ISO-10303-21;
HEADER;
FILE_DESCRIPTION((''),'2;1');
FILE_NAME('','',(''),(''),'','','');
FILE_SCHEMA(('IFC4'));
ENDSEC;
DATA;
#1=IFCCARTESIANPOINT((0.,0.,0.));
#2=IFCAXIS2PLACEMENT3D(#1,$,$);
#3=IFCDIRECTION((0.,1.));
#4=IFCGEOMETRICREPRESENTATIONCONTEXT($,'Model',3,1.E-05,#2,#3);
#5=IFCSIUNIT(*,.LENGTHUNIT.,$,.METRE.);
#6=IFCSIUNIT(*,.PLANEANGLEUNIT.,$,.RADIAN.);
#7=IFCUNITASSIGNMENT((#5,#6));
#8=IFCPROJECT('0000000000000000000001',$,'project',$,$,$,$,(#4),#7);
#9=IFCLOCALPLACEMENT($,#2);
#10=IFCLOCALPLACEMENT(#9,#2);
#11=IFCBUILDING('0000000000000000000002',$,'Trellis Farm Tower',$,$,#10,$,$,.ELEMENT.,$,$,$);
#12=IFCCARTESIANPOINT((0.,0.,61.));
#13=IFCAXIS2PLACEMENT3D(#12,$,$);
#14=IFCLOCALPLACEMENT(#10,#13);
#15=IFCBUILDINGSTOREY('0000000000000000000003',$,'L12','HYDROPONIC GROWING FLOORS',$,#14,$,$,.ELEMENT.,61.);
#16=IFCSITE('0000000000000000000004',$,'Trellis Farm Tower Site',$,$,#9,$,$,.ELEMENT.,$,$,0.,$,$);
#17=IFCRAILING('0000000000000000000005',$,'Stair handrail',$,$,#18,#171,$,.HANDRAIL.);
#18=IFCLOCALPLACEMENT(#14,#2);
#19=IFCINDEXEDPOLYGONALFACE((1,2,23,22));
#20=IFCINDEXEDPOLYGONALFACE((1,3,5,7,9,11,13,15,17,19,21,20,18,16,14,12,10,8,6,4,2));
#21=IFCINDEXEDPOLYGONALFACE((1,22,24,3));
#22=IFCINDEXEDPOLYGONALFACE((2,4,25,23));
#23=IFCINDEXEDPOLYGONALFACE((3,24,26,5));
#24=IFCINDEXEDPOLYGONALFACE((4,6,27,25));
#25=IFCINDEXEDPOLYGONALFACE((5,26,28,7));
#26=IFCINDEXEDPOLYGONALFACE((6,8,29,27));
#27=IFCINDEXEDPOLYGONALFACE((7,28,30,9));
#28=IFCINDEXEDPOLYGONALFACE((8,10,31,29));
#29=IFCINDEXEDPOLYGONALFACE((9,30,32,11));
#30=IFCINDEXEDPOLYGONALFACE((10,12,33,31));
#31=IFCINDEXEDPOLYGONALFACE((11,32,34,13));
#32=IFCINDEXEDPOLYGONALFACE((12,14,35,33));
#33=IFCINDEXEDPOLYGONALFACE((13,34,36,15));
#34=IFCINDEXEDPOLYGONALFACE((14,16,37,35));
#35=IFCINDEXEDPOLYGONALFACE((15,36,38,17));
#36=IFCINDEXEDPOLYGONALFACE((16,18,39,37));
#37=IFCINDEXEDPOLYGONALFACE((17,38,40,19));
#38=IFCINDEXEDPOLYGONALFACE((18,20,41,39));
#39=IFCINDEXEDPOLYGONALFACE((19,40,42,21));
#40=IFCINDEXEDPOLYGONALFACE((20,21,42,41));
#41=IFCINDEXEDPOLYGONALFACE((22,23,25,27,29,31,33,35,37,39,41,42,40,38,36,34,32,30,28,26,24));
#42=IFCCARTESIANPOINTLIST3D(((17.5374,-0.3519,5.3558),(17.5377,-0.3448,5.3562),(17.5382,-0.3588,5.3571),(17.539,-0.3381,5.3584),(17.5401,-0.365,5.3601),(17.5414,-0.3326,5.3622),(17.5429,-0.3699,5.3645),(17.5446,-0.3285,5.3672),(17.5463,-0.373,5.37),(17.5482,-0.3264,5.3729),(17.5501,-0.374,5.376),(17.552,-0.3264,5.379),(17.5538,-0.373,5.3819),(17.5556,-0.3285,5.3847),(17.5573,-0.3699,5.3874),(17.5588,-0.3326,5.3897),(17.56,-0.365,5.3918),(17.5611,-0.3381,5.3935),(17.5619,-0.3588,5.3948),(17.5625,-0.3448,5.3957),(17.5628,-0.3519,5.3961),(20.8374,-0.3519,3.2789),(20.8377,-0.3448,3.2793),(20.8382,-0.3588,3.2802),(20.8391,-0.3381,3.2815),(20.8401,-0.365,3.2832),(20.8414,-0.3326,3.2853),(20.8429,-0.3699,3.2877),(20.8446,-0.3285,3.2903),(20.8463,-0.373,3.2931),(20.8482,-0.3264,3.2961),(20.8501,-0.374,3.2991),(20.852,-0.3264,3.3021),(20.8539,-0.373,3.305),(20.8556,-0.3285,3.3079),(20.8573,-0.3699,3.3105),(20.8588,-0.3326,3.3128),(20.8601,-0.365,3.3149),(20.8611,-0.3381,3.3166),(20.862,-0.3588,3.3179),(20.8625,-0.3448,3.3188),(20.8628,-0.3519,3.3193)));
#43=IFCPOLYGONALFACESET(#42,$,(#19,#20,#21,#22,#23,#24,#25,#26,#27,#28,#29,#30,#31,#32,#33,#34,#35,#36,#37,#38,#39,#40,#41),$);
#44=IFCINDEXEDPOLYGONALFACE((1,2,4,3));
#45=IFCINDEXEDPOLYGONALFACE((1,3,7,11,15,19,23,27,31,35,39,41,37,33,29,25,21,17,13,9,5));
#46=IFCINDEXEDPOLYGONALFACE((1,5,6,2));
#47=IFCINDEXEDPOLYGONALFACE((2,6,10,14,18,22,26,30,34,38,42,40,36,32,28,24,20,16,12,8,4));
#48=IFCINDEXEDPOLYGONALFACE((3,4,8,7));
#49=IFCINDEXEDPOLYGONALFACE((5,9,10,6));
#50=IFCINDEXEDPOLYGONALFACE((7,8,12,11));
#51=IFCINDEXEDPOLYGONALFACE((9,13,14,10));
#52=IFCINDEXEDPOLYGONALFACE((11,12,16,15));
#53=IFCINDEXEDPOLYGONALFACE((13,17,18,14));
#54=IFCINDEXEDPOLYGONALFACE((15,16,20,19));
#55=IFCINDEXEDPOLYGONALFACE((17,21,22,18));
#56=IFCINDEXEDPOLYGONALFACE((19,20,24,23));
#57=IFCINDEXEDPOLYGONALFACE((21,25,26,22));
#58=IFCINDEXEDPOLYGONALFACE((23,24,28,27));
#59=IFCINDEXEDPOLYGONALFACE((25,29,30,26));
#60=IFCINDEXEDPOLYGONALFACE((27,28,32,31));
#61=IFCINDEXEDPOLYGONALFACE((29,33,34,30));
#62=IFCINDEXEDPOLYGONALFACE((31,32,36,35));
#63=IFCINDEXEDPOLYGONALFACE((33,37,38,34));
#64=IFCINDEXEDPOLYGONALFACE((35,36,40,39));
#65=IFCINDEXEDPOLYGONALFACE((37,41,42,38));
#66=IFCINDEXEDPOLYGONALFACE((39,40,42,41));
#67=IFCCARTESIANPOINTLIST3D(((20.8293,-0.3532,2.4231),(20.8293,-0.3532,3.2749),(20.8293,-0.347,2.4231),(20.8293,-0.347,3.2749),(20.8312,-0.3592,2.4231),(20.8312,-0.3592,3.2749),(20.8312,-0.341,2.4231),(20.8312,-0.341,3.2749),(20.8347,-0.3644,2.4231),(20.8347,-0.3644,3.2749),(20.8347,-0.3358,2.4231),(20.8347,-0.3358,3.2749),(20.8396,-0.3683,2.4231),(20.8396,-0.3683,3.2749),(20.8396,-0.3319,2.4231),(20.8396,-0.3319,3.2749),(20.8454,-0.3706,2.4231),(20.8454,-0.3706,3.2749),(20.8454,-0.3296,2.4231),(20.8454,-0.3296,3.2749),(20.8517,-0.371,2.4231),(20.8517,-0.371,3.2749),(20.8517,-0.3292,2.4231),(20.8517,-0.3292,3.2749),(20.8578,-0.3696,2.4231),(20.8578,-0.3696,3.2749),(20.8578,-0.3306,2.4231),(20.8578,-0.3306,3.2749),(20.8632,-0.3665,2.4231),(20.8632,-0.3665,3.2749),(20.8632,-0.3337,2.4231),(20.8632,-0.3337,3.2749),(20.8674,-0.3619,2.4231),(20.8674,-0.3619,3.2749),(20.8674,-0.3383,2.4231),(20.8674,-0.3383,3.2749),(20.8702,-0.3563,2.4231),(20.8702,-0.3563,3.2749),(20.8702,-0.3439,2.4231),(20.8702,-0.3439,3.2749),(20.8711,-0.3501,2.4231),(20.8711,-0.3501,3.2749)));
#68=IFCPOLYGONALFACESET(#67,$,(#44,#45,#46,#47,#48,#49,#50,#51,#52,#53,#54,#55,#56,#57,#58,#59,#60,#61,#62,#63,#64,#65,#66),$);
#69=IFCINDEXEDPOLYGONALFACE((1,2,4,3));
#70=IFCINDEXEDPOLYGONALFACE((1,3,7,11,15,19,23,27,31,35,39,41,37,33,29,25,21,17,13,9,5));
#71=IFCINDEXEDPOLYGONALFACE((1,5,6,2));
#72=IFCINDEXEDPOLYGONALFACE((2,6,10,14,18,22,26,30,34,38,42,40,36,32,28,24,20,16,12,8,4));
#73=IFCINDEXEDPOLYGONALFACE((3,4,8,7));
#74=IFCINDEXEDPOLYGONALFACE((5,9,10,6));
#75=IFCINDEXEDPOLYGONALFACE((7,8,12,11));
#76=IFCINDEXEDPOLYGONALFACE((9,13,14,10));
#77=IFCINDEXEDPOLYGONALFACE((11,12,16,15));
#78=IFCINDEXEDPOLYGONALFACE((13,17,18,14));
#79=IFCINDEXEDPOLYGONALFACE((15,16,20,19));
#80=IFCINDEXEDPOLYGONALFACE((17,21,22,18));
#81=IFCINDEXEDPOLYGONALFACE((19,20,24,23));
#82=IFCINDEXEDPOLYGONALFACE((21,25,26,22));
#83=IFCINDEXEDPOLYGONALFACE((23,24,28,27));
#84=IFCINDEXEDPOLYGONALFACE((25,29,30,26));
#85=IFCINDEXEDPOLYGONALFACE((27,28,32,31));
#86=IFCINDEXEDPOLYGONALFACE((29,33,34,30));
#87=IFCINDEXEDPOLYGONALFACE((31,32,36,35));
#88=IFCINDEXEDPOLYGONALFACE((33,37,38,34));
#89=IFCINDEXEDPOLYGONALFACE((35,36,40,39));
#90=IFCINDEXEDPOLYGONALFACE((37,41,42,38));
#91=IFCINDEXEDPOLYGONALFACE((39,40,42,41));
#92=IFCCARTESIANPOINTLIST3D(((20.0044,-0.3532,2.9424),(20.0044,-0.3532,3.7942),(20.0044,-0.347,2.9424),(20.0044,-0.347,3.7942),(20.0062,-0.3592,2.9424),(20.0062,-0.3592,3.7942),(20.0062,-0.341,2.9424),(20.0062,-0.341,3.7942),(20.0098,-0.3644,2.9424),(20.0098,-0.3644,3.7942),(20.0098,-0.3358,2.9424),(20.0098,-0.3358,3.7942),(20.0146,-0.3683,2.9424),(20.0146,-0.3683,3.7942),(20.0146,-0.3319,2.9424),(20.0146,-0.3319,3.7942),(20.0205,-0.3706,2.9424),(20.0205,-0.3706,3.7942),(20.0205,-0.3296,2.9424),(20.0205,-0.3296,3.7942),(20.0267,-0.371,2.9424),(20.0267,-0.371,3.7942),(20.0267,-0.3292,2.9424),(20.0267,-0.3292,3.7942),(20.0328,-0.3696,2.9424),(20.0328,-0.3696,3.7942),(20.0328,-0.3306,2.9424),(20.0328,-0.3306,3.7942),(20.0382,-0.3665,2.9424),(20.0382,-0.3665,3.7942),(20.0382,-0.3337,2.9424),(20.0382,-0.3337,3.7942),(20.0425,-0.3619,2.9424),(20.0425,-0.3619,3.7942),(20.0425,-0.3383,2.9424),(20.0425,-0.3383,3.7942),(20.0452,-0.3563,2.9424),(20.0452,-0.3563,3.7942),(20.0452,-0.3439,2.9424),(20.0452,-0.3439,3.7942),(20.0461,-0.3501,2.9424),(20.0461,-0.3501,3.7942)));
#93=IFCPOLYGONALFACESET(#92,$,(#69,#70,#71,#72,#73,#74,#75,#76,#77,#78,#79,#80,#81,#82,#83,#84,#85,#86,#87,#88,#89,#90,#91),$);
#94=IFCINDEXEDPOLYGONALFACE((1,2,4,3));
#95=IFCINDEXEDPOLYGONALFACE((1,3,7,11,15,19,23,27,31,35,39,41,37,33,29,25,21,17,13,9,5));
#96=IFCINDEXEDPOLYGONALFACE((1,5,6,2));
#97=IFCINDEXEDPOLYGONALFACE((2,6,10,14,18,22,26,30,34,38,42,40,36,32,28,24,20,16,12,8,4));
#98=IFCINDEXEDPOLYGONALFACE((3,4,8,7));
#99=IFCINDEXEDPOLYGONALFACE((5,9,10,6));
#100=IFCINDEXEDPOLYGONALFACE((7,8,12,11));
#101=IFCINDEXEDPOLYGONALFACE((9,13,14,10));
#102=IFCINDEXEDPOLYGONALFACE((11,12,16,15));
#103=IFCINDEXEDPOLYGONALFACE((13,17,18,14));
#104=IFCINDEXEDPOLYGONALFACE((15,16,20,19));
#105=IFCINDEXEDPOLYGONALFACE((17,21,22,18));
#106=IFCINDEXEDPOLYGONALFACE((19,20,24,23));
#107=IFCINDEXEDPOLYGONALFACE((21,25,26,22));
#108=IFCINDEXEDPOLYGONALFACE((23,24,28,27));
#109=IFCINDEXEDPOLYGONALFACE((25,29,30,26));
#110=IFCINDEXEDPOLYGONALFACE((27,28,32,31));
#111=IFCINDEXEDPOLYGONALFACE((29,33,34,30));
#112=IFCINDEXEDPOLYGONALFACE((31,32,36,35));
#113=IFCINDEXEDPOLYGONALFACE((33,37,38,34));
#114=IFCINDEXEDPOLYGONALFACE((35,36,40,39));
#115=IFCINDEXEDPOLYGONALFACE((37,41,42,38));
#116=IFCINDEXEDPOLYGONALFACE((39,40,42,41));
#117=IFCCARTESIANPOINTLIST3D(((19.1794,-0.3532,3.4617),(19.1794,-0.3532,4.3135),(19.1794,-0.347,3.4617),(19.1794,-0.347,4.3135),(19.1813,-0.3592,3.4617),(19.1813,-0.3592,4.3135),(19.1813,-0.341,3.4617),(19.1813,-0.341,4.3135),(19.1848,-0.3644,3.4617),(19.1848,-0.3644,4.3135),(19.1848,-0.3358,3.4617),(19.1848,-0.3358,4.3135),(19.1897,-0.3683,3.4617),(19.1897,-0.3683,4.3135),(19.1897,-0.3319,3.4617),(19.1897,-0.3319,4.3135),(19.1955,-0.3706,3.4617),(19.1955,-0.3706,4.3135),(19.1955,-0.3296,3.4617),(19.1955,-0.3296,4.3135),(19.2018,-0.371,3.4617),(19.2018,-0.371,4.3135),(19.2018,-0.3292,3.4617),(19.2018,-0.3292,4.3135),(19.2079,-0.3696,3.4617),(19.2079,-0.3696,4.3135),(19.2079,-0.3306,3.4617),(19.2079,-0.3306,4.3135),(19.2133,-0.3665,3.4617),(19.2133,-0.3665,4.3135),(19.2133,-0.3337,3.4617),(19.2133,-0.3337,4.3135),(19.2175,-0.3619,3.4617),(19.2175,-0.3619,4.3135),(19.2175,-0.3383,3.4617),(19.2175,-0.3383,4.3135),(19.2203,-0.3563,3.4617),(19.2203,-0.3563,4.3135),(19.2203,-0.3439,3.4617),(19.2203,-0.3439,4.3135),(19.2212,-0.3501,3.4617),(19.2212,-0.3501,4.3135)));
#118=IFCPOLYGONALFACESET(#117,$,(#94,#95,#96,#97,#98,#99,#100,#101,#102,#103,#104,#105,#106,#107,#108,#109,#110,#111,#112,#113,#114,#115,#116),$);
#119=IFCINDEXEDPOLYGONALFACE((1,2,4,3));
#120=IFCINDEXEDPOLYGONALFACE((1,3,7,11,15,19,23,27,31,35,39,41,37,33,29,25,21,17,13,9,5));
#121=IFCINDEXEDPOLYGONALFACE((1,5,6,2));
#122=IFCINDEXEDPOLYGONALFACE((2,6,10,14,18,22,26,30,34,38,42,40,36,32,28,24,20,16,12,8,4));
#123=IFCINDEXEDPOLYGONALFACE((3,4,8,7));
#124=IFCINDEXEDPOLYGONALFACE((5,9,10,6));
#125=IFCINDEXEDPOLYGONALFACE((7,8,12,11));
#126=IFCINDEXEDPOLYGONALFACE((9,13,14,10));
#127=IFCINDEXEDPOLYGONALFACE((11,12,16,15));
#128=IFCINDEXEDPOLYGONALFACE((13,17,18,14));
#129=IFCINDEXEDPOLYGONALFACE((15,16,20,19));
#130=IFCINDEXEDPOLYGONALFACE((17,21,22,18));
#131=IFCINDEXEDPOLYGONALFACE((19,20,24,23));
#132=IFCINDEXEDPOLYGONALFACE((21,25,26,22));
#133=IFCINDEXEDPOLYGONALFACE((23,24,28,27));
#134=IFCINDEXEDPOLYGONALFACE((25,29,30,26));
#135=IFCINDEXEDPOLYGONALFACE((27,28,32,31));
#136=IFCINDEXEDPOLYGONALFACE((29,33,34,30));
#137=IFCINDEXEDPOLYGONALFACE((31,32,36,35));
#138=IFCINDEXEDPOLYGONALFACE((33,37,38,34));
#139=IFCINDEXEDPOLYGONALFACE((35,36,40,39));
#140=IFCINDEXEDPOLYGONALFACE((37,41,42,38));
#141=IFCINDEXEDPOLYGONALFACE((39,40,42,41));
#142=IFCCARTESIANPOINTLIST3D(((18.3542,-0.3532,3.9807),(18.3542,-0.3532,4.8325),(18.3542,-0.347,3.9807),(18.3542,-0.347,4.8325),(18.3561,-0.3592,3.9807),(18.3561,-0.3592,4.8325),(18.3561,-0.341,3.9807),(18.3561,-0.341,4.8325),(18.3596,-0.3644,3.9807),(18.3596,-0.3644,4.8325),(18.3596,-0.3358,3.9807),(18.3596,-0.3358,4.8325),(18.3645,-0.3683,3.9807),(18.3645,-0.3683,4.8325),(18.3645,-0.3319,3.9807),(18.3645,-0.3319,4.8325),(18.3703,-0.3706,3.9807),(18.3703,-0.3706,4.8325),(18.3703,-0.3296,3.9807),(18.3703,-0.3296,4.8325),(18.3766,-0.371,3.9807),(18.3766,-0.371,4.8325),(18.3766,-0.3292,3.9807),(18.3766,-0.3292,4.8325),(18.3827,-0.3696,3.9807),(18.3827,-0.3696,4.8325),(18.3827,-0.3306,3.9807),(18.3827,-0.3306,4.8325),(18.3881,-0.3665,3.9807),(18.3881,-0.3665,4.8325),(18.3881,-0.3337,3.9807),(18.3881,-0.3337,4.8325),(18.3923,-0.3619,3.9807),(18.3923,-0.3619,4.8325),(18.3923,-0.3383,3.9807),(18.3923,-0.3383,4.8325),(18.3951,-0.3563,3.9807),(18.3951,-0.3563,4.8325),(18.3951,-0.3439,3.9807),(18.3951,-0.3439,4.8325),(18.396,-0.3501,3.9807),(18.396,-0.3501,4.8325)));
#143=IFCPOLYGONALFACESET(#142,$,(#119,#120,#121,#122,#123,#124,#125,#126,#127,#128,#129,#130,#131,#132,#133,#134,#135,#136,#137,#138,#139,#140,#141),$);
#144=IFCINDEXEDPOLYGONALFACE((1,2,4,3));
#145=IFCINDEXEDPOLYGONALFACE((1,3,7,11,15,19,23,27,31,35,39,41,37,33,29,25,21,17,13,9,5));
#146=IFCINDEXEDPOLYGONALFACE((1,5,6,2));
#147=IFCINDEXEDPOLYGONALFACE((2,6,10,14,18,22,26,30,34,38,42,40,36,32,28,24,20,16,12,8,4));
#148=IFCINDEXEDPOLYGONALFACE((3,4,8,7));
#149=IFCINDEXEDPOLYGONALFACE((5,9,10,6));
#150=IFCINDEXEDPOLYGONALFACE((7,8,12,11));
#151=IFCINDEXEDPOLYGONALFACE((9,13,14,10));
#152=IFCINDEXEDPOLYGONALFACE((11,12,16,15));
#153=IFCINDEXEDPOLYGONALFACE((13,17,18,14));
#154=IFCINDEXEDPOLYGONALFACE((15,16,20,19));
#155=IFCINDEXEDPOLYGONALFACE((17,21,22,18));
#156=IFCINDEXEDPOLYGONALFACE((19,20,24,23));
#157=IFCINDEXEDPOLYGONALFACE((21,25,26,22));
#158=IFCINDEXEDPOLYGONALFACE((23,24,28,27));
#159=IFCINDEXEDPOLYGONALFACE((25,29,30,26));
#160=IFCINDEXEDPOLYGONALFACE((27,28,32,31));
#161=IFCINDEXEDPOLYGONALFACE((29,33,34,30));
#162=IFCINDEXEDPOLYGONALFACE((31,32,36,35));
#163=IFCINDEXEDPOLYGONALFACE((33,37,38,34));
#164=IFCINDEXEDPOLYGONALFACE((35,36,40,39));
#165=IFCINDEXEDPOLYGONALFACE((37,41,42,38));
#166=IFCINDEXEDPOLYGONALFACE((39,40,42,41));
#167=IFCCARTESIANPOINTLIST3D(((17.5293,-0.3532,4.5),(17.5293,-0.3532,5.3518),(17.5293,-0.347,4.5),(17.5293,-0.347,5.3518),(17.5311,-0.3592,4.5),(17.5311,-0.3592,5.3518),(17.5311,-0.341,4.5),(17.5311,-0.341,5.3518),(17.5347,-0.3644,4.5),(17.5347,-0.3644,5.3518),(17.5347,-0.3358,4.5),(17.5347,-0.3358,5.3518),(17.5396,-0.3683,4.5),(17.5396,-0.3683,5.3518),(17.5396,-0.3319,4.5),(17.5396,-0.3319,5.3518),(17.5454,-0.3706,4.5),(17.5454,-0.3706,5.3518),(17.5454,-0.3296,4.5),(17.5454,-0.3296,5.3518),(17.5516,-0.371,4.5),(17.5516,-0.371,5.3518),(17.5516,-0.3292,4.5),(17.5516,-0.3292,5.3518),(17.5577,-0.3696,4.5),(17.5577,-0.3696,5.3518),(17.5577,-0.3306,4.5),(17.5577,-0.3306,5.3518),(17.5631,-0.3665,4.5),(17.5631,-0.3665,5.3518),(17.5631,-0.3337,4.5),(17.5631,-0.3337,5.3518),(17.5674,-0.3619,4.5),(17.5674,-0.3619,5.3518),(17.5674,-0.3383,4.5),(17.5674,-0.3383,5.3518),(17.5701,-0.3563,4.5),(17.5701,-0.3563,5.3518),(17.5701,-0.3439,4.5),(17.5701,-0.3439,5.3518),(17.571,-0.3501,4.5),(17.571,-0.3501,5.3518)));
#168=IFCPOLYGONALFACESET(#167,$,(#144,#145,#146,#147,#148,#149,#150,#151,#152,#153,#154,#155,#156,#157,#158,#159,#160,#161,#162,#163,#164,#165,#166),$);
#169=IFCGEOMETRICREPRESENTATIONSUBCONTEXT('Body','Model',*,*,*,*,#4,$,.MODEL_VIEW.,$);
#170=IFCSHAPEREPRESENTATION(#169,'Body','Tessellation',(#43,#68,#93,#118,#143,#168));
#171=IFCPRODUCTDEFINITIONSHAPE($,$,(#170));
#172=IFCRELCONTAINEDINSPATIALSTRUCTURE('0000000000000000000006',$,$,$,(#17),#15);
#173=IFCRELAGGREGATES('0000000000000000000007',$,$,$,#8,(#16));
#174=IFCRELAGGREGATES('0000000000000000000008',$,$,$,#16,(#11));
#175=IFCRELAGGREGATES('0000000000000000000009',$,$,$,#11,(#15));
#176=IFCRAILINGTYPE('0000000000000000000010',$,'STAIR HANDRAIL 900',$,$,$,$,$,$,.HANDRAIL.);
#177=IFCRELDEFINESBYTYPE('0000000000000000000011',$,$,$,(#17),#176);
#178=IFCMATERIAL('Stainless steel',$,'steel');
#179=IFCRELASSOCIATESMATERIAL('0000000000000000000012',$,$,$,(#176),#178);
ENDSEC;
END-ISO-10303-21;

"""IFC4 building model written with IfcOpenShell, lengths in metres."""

from ifc_helpers import new_model, si_unit, direction, frame, origin, origin_2d, place, context, subcontext, project, spatial, circle, extrude, source, transform, mapped, material, type_object, element, save


model = new_model("IFC4")

# Units and contexts
model_context = context("Model", 3, precision=1e-05, world=origin(), true_north=direction((0.0, 1.0)))
body_context = subcontext(model_context, "Body", "Model", "MODEL_VIEW")
ifc_project = project(units=[si_unit("LENGTHUNIT", "METRE"), si_unit("PLANEANGLEUNIT", "RADIAN")], contexts=[model_context])

# Site, building, storey
site_placement = place(None, origin())
site = spatial("IfcSite", under=ifc_project, at=site_placement, Name="Trellis Farm Tower Site", CompositionType="ELEMENT", RefElevation=0.0)
building_placement = place(site_placement, origin())
building = spatial("IfcBuilding", under=site, at=building_placement, Name="Trellis Farm Tower", CompositionType="ELEMENT")
storey_placement = place(building_placement, frame((0.0, 0.0, 61.0)))
storey = spatial("IfcBuildingStorey", under=building, at=storey_placement, Name="L12", Description="HYDROPONIC GROWING FLOORS", CompositionType="ELEMENT", Elevation=61.0)

# Shared definitions
ifc_material_1 = material(Name="Stainless steel", Category="steel")

# Railing
railing_type = type_object("IfcRailingType", Name="STAIR HANDRAIL 900", PredefinedType="HANDRAIL", material=ifc_material_1)
shared_shape_1 = source(origin(), body_context, "Body", "SweptSolid", [
    extrude(circle(Radius=0.0239, at=origin_2d()), frame((0.0, 0.0, 0.876), z_axis=(-0.846337, 0.0, 0.532647), x_axis=(0.0, -1.0, 0.0)), (0.0, 0.0, 1.0), 3.8992),
    extrude(circle(Radius=0.021, at=origin_2d()), origin(), (0.0, 0.0, 1.0), 0.8518),
    extrude(circle(Radius=0.021, at=origin_2d()), frame((-0.825, 0.0, 0.5193)), (0.0, 0.0, 1.0), 0.8518),
    extrude(circle(Radius=0.021, at=origin_2d()), frame((-1.6499, 0.0, 1.0386)), (0.0, 0.0, 1.0), 0.8518),
    extrude(circle(Radius=0.021, at=origin_2d()), frame((-2.4751, 0.0, 1.5576)), (0.0, 0.0, 1.0), 0.8518),
    extrude(circle(Radius=0.021, at=origin_2d()), frame((-3.3, 0.0, 2.0769)), (0.0, 0.0, 1.0), 0.8518),
])
for number, where, name in (
    (1, (20.8501, -0.3501, 2.4231), "Stair handrail"),
):
    element("IfcRailing", number, at=place(storey_placement, frame(where)), inside=storey, type_object=railing_type, Name=name, PredefinedType="HANDRAIL", context=body_context, shape_type="MappedRepresentation", body=[
        mapped(shared_shape_1, transform((0.0, 0.0, 0.0))),
    ])

save(model, "model.ifc")
